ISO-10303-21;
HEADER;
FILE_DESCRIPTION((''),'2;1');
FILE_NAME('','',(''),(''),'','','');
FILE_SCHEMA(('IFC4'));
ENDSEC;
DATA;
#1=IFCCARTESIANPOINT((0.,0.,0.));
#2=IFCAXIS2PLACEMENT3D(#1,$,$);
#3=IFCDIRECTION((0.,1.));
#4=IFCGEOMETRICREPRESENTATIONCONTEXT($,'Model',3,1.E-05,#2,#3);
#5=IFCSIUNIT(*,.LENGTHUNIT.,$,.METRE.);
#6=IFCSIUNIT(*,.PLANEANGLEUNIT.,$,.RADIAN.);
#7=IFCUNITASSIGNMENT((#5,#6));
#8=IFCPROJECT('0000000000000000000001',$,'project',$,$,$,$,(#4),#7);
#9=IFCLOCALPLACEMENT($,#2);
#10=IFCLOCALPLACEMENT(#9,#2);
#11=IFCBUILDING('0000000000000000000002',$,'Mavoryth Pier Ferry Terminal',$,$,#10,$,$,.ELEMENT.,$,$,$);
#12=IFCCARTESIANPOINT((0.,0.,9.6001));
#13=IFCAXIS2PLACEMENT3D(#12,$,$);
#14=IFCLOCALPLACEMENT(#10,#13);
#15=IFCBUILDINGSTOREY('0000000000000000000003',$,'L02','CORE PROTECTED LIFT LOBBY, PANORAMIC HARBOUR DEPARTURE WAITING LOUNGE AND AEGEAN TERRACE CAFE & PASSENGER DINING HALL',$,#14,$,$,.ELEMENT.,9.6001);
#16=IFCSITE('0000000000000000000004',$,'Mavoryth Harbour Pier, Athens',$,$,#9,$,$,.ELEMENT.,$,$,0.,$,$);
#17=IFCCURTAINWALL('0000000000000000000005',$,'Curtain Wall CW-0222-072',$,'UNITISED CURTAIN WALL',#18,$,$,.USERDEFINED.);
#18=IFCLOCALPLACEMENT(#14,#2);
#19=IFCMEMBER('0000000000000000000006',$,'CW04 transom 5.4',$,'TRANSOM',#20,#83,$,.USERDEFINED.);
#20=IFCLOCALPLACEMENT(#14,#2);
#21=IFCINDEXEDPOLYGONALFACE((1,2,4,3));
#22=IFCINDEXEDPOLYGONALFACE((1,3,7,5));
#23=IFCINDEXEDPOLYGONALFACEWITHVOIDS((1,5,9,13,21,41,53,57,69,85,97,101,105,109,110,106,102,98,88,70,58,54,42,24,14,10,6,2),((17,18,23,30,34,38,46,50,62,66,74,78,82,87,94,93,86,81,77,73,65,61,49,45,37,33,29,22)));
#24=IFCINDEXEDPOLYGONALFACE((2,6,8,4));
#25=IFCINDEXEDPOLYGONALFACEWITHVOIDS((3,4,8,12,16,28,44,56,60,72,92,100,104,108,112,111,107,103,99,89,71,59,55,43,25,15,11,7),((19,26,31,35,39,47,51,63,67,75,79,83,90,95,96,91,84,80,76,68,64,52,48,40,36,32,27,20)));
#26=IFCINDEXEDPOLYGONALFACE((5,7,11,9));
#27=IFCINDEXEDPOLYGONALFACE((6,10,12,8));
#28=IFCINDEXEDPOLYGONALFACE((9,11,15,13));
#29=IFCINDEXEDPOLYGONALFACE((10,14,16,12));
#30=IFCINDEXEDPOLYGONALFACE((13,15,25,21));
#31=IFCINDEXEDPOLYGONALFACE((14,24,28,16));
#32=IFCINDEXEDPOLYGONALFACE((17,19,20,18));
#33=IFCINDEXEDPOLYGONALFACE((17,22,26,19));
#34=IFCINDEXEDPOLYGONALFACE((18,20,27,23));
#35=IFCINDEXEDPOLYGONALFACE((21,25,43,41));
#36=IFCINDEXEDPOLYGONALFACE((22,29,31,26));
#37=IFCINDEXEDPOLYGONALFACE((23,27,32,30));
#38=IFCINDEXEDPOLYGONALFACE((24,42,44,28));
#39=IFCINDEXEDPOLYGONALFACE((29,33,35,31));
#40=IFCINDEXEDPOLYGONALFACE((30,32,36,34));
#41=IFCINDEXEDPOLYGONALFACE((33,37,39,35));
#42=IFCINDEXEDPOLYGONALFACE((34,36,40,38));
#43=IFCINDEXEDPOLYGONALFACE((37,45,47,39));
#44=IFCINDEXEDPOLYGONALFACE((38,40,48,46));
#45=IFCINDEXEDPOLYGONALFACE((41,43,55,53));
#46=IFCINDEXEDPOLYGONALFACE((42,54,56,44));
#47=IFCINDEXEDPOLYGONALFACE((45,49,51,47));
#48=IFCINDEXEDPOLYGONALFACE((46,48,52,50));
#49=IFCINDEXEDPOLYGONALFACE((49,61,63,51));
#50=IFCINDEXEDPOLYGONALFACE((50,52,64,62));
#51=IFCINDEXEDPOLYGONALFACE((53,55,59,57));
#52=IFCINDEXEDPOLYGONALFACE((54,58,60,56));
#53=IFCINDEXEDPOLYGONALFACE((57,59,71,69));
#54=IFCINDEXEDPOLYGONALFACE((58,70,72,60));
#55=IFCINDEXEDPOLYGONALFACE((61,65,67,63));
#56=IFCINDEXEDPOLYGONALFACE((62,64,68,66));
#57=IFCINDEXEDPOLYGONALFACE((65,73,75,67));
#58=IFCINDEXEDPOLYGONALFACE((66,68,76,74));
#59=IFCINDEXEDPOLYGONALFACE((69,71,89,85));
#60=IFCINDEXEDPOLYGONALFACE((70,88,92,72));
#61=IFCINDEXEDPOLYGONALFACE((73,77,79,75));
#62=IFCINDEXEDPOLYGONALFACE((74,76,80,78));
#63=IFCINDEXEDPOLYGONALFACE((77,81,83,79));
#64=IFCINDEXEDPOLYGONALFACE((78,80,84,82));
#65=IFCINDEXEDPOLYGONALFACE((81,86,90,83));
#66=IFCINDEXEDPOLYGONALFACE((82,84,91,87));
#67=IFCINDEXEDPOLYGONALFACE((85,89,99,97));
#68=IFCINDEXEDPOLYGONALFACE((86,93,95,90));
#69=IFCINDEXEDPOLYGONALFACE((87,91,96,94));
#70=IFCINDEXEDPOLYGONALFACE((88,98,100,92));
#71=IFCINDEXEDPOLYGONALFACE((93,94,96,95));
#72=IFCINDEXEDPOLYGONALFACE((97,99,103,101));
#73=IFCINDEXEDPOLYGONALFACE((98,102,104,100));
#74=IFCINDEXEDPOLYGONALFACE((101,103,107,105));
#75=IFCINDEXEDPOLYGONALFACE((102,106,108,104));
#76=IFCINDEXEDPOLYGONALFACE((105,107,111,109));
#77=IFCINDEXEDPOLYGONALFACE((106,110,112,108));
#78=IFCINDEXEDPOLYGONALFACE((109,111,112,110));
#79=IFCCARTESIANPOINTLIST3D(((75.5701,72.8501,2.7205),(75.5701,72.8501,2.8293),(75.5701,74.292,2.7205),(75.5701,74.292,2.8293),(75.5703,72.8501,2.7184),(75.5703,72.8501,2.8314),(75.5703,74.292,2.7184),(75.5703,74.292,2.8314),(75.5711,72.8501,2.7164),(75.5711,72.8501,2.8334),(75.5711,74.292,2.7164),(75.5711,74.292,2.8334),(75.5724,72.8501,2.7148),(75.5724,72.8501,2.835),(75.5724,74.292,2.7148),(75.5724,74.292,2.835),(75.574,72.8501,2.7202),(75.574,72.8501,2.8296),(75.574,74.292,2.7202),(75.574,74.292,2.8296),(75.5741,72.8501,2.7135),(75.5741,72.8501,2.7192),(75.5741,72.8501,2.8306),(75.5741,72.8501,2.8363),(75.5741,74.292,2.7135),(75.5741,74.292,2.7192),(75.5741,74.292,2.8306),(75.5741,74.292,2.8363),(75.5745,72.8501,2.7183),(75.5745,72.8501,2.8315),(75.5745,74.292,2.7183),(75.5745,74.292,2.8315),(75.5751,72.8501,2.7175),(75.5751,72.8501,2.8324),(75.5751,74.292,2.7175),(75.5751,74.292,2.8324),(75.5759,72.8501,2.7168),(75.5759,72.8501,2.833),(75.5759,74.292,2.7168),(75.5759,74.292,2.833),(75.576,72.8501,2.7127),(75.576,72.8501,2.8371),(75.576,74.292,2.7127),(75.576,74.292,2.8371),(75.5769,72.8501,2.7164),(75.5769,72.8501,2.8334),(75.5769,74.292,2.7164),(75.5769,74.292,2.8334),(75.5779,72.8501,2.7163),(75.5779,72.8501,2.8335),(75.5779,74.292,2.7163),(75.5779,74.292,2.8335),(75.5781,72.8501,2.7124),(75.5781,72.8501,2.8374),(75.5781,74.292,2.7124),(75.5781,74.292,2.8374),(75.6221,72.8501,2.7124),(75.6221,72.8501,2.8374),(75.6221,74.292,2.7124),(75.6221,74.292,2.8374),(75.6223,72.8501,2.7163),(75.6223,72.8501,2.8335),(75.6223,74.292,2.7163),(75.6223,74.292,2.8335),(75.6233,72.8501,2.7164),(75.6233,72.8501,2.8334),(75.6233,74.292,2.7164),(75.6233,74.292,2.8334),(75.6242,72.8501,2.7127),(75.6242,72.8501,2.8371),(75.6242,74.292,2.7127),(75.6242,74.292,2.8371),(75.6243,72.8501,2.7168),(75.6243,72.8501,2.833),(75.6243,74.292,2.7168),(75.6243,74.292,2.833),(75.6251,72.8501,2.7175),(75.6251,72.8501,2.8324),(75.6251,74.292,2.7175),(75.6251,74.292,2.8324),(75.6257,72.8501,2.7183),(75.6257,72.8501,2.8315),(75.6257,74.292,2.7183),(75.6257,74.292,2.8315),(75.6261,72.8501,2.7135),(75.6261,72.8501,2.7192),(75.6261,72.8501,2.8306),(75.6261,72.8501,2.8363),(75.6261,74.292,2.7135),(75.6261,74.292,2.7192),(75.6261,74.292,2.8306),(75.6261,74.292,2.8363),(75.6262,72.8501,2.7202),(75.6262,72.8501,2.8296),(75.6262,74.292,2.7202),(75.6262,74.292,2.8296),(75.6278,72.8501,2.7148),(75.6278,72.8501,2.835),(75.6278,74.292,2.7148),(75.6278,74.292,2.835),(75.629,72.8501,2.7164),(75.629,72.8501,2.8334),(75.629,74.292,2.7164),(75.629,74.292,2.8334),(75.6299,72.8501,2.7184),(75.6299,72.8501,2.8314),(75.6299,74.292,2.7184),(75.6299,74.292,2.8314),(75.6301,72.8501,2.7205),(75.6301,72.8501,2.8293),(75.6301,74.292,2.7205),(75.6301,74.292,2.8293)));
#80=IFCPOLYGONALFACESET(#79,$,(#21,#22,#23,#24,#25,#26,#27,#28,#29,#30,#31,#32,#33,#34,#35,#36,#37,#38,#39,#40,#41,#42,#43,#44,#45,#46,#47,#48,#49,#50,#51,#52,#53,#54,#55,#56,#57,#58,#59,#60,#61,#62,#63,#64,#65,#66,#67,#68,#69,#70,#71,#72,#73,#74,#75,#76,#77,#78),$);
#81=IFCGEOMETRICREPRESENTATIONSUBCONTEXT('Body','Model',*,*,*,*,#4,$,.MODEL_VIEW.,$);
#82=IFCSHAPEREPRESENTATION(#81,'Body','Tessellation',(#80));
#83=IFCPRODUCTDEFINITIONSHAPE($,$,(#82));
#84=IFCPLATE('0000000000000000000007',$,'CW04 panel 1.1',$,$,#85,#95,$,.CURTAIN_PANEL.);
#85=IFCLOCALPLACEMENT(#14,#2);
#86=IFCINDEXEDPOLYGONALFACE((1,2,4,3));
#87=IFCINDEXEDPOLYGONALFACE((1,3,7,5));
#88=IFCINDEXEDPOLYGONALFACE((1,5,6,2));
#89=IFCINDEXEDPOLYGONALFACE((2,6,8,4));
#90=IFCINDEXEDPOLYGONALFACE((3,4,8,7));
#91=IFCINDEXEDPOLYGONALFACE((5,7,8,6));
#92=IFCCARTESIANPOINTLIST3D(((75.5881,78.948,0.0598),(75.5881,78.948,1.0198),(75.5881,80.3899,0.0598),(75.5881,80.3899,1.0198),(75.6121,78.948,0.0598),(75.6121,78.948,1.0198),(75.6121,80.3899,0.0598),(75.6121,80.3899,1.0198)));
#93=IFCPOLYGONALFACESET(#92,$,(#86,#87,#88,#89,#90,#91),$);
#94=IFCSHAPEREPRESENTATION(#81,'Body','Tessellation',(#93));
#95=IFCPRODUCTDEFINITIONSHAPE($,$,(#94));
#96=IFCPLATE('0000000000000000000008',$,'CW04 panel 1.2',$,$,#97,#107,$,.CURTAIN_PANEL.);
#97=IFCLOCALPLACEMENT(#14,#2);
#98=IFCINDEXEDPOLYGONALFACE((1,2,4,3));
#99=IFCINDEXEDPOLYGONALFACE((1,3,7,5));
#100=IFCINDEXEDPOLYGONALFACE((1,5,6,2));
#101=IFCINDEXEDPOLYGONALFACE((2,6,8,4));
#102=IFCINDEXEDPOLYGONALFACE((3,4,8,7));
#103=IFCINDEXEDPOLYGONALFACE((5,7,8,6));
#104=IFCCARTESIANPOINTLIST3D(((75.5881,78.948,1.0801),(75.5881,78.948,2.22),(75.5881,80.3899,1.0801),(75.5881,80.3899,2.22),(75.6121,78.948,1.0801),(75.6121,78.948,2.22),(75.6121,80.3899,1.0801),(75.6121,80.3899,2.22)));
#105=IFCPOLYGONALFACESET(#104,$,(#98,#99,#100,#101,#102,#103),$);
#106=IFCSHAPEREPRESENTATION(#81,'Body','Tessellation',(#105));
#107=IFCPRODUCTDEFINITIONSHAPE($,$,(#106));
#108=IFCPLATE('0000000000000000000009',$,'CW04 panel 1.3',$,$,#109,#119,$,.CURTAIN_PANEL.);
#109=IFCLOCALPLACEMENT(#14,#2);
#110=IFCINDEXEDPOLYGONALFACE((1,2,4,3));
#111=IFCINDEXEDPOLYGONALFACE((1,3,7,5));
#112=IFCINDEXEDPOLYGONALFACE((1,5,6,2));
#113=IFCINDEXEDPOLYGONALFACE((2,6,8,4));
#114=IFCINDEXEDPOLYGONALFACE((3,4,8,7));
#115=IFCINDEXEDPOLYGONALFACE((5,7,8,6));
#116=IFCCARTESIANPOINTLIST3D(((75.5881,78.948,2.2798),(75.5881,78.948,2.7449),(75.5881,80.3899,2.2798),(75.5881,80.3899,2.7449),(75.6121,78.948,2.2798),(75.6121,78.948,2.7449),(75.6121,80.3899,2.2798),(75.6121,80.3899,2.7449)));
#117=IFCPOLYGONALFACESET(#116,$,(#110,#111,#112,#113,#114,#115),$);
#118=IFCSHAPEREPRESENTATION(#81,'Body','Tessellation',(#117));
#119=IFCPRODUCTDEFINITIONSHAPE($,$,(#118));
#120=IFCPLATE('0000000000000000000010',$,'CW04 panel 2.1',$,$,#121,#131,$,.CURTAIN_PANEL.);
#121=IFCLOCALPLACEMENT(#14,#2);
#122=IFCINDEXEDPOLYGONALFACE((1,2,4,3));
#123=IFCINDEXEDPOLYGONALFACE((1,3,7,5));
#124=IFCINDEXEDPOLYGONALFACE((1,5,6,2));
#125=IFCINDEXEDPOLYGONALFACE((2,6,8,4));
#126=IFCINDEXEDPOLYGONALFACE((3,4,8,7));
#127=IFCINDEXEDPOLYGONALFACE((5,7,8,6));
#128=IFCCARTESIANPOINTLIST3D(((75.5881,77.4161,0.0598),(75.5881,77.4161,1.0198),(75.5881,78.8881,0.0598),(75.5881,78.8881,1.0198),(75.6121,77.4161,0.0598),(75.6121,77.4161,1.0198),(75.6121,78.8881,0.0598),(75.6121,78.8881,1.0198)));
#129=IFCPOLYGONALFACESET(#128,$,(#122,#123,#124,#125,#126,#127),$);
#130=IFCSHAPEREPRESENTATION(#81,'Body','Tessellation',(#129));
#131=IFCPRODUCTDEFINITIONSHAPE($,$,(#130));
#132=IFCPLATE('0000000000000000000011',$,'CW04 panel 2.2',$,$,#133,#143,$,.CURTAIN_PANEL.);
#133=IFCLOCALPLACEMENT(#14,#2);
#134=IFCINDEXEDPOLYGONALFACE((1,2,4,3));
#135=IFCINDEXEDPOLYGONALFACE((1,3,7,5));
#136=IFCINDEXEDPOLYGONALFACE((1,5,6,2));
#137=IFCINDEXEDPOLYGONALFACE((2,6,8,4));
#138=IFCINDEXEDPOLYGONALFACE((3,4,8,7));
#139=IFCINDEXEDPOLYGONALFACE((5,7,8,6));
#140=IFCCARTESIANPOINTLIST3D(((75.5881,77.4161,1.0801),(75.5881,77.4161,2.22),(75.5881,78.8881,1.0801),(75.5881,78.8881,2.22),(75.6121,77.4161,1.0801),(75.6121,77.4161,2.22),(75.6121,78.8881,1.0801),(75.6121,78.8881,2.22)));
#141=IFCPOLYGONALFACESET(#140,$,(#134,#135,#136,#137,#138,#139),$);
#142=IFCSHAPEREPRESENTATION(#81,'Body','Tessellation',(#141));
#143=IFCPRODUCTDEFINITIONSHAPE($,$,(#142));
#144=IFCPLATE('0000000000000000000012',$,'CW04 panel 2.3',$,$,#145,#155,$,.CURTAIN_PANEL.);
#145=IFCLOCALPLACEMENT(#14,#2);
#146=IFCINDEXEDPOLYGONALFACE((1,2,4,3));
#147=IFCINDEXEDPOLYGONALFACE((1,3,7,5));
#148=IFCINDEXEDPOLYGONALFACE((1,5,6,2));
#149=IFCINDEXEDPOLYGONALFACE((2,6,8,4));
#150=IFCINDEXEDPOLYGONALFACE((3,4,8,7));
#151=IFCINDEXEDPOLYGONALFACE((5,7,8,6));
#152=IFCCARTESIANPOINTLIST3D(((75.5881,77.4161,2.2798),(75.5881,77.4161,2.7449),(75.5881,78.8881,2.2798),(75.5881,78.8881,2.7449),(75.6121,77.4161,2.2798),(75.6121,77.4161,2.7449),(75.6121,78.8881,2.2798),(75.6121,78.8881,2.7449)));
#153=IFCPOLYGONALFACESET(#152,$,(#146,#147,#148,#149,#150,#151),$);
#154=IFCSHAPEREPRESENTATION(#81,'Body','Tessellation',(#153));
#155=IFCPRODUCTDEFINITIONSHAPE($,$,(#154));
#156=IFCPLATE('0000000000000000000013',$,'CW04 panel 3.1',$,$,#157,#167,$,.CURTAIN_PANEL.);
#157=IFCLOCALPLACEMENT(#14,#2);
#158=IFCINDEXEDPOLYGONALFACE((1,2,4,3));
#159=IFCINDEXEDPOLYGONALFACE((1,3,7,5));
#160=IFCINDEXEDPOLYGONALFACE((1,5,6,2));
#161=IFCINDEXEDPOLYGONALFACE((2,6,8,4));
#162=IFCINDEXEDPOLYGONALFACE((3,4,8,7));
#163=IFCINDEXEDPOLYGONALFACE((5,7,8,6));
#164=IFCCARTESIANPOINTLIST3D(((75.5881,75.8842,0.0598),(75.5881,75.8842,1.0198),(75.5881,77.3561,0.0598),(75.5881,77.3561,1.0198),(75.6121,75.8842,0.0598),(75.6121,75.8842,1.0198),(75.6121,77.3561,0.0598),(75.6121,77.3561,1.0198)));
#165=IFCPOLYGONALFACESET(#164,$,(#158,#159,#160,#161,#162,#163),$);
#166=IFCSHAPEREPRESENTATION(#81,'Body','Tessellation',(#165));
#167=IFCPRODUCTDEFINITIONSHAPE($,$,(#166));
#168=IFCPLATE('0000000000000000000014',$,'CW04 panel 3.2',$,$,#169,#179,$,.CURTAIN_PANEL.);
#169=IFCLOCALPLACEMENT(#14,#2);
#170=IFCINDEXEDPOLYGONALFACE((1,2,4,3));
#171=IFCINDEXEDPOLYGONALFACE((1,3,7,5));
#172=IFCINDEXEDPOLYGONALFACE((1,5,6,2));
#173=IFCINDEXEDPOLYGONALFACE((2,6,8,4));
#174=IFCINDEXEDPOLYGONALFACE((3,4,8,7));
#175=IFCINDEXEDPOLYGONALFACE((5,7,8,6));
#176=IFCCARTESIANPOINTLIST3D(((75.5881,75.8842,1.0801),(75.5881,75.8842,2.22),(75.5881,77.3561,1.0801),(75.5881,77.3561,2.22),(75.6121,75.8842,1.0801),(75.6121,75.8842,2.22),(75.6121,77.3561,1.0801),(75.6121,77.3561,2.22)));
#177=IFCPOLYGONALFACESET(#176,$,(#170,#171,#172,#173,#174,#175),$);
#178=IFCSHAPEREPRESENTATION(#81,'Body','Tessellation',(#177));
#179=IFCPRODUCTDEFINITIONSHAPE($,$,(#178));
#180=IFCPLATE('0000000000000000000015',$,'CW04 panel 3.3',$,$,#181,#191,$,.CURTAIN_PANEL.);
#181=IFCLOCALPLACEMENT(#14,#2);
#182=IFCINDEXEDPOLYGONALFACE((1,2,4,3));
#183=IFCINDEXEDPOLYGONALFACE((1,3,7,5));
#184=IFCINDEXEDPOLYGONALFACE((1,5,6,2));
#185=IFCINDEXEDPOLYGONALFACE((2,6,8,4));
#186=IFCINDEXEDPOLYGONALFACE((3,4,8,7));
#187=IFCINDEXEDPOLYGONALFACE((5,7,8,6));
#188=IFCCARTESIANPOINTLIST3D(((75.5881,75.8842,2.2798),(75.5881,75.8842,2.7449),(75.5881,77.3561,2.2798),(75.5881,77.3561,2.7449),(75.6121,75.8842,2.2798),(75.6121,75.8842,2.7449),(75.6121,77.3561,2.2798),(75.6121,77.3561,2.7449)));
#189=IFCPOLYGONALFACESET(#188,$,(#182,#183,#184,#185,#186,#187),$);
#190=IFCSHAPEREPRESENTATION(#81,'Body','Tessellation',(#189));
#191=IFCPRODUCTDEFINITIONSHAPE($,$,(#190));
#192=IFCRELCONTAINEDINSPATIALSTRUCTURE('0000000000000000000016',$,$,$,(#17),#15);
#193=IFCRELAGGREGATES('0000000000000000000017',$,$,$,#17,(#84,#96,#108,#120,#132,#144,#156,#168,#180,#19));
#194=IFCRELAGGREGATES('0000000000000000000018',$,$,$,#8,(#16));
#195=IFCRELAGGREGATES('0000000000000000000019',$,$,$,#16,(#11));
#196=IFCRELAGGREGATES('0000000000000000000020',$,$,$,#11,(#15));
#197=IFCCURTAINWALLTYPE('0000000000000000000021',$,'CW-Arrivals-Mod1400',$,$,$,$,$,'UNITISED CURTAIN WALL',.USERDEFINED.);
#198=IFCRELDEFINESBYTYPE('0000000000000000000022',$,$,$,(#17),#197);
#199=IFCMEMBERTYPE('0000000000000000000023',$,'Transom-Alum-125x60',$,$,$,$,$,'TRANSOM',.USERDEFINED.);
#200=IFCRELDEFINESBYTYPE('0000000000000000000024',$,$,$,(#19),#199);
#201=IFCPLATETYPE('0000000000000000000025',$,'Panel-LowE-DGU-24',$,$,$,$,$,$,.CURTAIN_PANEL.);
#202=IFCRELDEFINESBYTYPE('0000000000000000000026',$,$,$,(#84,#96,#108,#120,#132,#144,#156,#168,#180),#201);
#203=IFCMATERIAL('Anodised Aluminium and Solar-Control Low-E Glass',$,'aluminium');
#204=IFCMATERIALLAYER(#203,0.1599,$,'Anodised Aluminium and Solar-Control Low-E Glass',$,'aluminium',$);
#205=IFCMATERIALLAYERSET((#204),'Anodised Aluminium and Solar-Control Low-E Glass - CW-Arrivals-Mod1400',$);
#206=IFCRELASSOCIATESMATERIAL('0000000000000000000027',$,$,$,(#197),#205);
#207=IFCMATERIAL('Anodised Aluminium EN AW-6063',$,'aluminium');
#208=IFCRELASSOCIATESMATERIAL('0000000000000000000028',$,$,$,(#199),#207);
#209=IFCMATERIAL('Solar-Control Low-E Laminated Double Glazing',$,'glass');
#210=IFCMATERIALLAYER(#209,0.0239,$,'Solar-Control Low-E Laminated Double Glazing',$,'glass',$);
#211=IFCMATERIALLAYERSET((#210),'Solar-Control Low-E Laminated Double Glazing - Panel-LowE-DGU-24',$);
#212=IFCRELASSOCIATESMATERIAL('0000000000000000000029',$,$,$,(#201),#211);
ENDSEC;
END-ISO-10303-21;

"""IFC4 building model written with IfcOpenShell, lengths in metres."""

from ifc_helpers import new_model, si_unit, direction, frame, origin, origin_2d, place, context, subcontext, project, spatial, rectangle, hollow_rectangle, extrude, material, layer, layer_set, material_profile, profile_set, type_object, element, aggregate, save


model = new_model("IFC4")

# Units and contexts
model_context = context("Model", 3, precision=1e-05, world=origin(), true_north=direction((0.0, 1.0)))
body_context = subcontext(model_context, "Body", "Model", "MODEL_VIEW")
ifc_project = project(units=[si_unit("LENGTHUNIT", "METRE"), si_unit("PLANEANGLEUNIT", "RADIAN")], contexts=[model_context])

# Site, building, storey
site_placement = place(None, origin())
site = spatial("IfcSite", under=ifc_project, at=site_placement, Name="Mavoryth Harbour Pier, Athens", CompositionType="ELEMENT", RefElevation=0.0)
building_placement = place(site_placement, origin())
building = spatial("IfcBuilding", under=site, at=building_placement, Name="Mavoryth Pier Ferry Terminal", CompositionType="ELEMENT")
storey_placement = place(building_placement, frame((0.0, 0.0, 9.6001)))
storey = spatial("IfcBuildingStorey", under=building, at=storey_placement, Name="L02", Description="CORE PROTECTED LIFT LOBBY, PANORAMIC HARBOUR DEPARTURE WAITING LOUNGE AND AEGEAN TERRACE CAFE & PASSENGER DINING HALL", CompositionType="ELEMENT", Elevation=9.6001)

# Curtain wall
ifc_material_1 = material(Name="Anodised Aluminium and Solar-Control Low-E Glass", Category="aluminium")
ifc_layer_1 = layer(ifc_material_1, 0.1599, Name="Anodised Aluminium and Solar-Control Low-E Glass", Category="aluminium")
ifc_layer_set_1 = layer_set([ifc_layer_1], Name="Anodised Aluminium and Solar-Control Low-E Glass - CW-Arrivals-Mod1400")
curtain_wall_type = type_object("IfcCurtainWallType", Name="CW-Arrivals-Mod1400", ElementType="UNITISED CURTAIN WALL", PredefinedType="USERDEFINED", material=ifc_layer_set_1)
curtain_wall_placement = place(storey_placement, origin())
curtain_wall = element("IfcCurtainWall", 1, at=curtain_wall_placement, inside=storey, type_object=curtain_wall_type, Name="Curtain Wall CW-0222-072", ObjectType="UNITISED CURTAIN WALL", PredefinedType="USERDEFINED")
ifc_material_2 = material(Name="Anodised Aluminium EN AW-6063", Category="aluminium")

# Member
ifc_material_profile_1 = material_profile(ifc_material_2, hollow_rectangle(XDim=0.0601, YDim=0.125, WallThickness=0.0039, InnerFilletRadius=0.0039, OuterFilletRadius=0.0081, at=origin_2d()), Name="AL-TRAN 125x60x4", Category="aluminium")
ifc_profile_set_1 = profile_set([ifc_material_profile_1], Name="Anodised Aluminium EN AW-6063 - AL-TRAN 125x60x4")
member_type_1 = type_object("IfcMemberType", Name="Transom-Alum-125x60", ElementType="TRANSOM", PredefinedType="USERDEFINED", material=ifc_profile_set_1)
member_1_placement = place(storey_placement, frame((75.6001, 74.292, 2.7749), z_axis=(0.0, -1.0, 0.0), x_axis=(1.0, 0.0, 0.0)))
member_1 = element("IfcMember", 2, at=member_1_placement, type_object=member_type_1, Name="CW04 transom 5.4", ObjectType="TRANSOM", PredefinedType="USERDEFINED", context=body_context, shape_type="SweptSolid", body=[
    extrude(hollow_rectangle(XDim=0.0601, YDim=0.125, WallThickness=0.0039, InnerFilletRadius=0.0039, OuterFilletRadius=0.0081, at=origin_2d()), origin(), (0.0, 0.0, 1.0), 1.4419),
])

# Plates
ifc_material_3 = material(Name="Solar-Control Low-E Laminated Double Glazing", Category="glass")
ifc_layer_2 = layer(ifc_material_3, 0.0239, Name="Solar-Control Low-E Laminated Double Glazing", Category="glass")
ifc_layer_set_2 = layer_set([ifc_layer_2], Name="Solar-Control Low-E Laminated Double Glazing - Panel-LowE-DGU-24")
plate_type_1 = type_object("IfcPlateType", Name="Panel-LowE-DGU-24", PredefinedType="CURTAIN_PANEL", material=ifc_layer_set_2)
plate_1_placement = place(storey_placement, frame((75.6001, 79.6689, 0.0598), z_axis=(0.0, 0.0, 1.0), x_axis=(0.0, -1.0, 0.0)))
plate_1 = element("IfcPlate", 3, at=plate_1_placement, type_object=plate_type_1, Name="CW04 panel 1.1", PredefinedType="CURTAIN_PANEL", context=body_context, shape_type="SweptSolid", body=[
    extrude(rectangle(XDim=1.4419, YDim=0.0239, at=origin_2d()), origin(), (0.0, 0.0, 1.0), 0.96),
])
plate_2_placement = place(storey_placement, frame((75.6001, 79.6689, 1.0801), z_axis=(0.0, 0.0, 1.0), x_axis=(0.0, -1.0, 0.0)))
plate_2 = element("IfcPlate", 4, at=plate_2_placement, type_object=plate_type_1, Name="CW04 panel 1.2", PredefinedType="CURTAIN_PANEL", context=body_context, shape_type="SweptSolid", body=[
    extrude(rectangle(XDim=1.4419, YDim=0.0239, at=origin_2d()), origin(), (0.0, 0.0, 1.0), 1.1399),
])
plate_3_placement = place(storey_placement, frame((75.6001, 79.6689, 2.2798), z_axis=(0.0, 0.0, 1.0), x_axis=(0.0, -1.0, 0.0)))
plate_3 = element("IfcPlate", 5, at=plate_3_placement, type_object=plate_type_1, Name="CW04 panel 1.3", PredefinedType="CURTAIN_PANEL", context=body_context, shape_type="SweptSolid", body=[
    extrude(rectangle(XDim=1.4419, YDim=0.0239, at=origin_2d()), origin(), (0.0, 0.0, 1.0), 0.4651),
])
plate_4_placement = place(storey_placement, frame((75.6001, 78.1521, 0.0598), z_axis=(0.0, 0.0, 1.0), x_axis=(0.0, -1.0, 0.0)))
plate_4 = element("IfcPlate", 6, at=plate_4_placement, type_object=plate_type_1, Name="CW04 panel 2.1", PredefinedType="CURTAIN_PANEL", context=body_context, shape_type="SweptSolid", body=[
    extrude(rectangle(XDim=1.4719, YDim=0.0239, at=origin_2d()), origin(), (0.0, 0.0, 1.0), 0.96),
])
plate_5_placement = place(storey_placement, frame((75.6001, 78.1521, 1.0801), z_axis=(0.0, 0.0, 1.0), x_axis=(0.0, -1.0, 0.0)))
plate_5 = element("IfcPlate", 7, at=plate_5_placement, type_object=plate_type_1, Name="CW04 panel 2.2", PredefinedType="CURTAIN_PANEL", context=body_context, shape_type="SweptSolid", body=[
    extrude(rectangle(XDim=1.4719, YDim=0.0239, at=origin_2d()), origin(), (0.0, 0.0, 1.0), 1.1399),
])
plate_6_placement = place(storey_placement, frame((75.6001, 78.1521, 2.2798), z_axis=(0.0, 0.0, 1.0), x_axis=(0.0, -1.0, 0.0)))
plate_6 = element("IfcPlate", 8, at=plate_6_placement, type_object=plate_type_1, Name="CW04 panel 2.3", PredefinedType="CURTAIN_PANEL", context=body_context, shape_type="SweptSolid", body=[
    extrude(rectangle(XDim=1.4719, YDim=0.0239, at=origin_2d()), origin(), (0.0, 0.0, 1.0), 0.4651),
])
plate_7_placement = place(storey_placement, frame((75.6001, 76.6201, 0.0598), z_axis=(0.0, 0.0, 1.0), x_axis=(0.0, -1.0, 0.0)))
plate_7 = element("IfcPlate", 9, at=plate_7_placement, type_object=plate_type_1, Name="CW04 panel 3.1", PredefinedType="CURTAIN_PANEL", context=body_context, shape_type="SweptSolid", body=[
    extrude(rectangle(XDim=1.4719, YDim=0.0239, at=origin_2d()), origin(), (0.0, 0.0, 1.0), 0.96),
])
plate_8_placement = place(storey_placement, frame((75.6001, 76.6201, 1.0801), z_axis=(0.0, 0.0, 1.0), x_axis=(0.0, -1.0, 0.0)))
plate_8 = element("IfcPlate", 10, at=plate_8_placement, type_object=plate_type_1, Name="CW04 panel 3.2", PredefinedType="CURTAIN_PANEL", context=body_context, shape_type="SweptSolid", body=[
    extrude(rectangle(XDim=1.4719, YDim=0.0239, at=origin_2d()), origin(), (0.0, 0.0, 1.0), 1.1399),
])
plate_9_placement = place(storey_placement, frame((75.6001, 76.6201, 2.2798), z_axis=(0.0, 0.0, 1.0), x_axis=(0.0, -1.0, 0.0)))
plate_9 = element("IfcPlate", 11, at=plate_9_placement, type_object=plate_type_1, Name="CW04 panel 3.3", PredefinedType="CURTAIN_PANEL", context=body_context, shape_type="SweptSolid", body=[
    extrude(rectangle(XDim=1.4719, YDim=0.0239, at=origin_2d()), origin(), (0.0, 0.0, 1.0), 0.4651),
])
aggregate(curtain_wall, [plate_1, plate_2, plate_3, plate_4, plate_5, plate_6, plate_7, plate_8, plate_9, member_1])

save(model, "model.ifc")
